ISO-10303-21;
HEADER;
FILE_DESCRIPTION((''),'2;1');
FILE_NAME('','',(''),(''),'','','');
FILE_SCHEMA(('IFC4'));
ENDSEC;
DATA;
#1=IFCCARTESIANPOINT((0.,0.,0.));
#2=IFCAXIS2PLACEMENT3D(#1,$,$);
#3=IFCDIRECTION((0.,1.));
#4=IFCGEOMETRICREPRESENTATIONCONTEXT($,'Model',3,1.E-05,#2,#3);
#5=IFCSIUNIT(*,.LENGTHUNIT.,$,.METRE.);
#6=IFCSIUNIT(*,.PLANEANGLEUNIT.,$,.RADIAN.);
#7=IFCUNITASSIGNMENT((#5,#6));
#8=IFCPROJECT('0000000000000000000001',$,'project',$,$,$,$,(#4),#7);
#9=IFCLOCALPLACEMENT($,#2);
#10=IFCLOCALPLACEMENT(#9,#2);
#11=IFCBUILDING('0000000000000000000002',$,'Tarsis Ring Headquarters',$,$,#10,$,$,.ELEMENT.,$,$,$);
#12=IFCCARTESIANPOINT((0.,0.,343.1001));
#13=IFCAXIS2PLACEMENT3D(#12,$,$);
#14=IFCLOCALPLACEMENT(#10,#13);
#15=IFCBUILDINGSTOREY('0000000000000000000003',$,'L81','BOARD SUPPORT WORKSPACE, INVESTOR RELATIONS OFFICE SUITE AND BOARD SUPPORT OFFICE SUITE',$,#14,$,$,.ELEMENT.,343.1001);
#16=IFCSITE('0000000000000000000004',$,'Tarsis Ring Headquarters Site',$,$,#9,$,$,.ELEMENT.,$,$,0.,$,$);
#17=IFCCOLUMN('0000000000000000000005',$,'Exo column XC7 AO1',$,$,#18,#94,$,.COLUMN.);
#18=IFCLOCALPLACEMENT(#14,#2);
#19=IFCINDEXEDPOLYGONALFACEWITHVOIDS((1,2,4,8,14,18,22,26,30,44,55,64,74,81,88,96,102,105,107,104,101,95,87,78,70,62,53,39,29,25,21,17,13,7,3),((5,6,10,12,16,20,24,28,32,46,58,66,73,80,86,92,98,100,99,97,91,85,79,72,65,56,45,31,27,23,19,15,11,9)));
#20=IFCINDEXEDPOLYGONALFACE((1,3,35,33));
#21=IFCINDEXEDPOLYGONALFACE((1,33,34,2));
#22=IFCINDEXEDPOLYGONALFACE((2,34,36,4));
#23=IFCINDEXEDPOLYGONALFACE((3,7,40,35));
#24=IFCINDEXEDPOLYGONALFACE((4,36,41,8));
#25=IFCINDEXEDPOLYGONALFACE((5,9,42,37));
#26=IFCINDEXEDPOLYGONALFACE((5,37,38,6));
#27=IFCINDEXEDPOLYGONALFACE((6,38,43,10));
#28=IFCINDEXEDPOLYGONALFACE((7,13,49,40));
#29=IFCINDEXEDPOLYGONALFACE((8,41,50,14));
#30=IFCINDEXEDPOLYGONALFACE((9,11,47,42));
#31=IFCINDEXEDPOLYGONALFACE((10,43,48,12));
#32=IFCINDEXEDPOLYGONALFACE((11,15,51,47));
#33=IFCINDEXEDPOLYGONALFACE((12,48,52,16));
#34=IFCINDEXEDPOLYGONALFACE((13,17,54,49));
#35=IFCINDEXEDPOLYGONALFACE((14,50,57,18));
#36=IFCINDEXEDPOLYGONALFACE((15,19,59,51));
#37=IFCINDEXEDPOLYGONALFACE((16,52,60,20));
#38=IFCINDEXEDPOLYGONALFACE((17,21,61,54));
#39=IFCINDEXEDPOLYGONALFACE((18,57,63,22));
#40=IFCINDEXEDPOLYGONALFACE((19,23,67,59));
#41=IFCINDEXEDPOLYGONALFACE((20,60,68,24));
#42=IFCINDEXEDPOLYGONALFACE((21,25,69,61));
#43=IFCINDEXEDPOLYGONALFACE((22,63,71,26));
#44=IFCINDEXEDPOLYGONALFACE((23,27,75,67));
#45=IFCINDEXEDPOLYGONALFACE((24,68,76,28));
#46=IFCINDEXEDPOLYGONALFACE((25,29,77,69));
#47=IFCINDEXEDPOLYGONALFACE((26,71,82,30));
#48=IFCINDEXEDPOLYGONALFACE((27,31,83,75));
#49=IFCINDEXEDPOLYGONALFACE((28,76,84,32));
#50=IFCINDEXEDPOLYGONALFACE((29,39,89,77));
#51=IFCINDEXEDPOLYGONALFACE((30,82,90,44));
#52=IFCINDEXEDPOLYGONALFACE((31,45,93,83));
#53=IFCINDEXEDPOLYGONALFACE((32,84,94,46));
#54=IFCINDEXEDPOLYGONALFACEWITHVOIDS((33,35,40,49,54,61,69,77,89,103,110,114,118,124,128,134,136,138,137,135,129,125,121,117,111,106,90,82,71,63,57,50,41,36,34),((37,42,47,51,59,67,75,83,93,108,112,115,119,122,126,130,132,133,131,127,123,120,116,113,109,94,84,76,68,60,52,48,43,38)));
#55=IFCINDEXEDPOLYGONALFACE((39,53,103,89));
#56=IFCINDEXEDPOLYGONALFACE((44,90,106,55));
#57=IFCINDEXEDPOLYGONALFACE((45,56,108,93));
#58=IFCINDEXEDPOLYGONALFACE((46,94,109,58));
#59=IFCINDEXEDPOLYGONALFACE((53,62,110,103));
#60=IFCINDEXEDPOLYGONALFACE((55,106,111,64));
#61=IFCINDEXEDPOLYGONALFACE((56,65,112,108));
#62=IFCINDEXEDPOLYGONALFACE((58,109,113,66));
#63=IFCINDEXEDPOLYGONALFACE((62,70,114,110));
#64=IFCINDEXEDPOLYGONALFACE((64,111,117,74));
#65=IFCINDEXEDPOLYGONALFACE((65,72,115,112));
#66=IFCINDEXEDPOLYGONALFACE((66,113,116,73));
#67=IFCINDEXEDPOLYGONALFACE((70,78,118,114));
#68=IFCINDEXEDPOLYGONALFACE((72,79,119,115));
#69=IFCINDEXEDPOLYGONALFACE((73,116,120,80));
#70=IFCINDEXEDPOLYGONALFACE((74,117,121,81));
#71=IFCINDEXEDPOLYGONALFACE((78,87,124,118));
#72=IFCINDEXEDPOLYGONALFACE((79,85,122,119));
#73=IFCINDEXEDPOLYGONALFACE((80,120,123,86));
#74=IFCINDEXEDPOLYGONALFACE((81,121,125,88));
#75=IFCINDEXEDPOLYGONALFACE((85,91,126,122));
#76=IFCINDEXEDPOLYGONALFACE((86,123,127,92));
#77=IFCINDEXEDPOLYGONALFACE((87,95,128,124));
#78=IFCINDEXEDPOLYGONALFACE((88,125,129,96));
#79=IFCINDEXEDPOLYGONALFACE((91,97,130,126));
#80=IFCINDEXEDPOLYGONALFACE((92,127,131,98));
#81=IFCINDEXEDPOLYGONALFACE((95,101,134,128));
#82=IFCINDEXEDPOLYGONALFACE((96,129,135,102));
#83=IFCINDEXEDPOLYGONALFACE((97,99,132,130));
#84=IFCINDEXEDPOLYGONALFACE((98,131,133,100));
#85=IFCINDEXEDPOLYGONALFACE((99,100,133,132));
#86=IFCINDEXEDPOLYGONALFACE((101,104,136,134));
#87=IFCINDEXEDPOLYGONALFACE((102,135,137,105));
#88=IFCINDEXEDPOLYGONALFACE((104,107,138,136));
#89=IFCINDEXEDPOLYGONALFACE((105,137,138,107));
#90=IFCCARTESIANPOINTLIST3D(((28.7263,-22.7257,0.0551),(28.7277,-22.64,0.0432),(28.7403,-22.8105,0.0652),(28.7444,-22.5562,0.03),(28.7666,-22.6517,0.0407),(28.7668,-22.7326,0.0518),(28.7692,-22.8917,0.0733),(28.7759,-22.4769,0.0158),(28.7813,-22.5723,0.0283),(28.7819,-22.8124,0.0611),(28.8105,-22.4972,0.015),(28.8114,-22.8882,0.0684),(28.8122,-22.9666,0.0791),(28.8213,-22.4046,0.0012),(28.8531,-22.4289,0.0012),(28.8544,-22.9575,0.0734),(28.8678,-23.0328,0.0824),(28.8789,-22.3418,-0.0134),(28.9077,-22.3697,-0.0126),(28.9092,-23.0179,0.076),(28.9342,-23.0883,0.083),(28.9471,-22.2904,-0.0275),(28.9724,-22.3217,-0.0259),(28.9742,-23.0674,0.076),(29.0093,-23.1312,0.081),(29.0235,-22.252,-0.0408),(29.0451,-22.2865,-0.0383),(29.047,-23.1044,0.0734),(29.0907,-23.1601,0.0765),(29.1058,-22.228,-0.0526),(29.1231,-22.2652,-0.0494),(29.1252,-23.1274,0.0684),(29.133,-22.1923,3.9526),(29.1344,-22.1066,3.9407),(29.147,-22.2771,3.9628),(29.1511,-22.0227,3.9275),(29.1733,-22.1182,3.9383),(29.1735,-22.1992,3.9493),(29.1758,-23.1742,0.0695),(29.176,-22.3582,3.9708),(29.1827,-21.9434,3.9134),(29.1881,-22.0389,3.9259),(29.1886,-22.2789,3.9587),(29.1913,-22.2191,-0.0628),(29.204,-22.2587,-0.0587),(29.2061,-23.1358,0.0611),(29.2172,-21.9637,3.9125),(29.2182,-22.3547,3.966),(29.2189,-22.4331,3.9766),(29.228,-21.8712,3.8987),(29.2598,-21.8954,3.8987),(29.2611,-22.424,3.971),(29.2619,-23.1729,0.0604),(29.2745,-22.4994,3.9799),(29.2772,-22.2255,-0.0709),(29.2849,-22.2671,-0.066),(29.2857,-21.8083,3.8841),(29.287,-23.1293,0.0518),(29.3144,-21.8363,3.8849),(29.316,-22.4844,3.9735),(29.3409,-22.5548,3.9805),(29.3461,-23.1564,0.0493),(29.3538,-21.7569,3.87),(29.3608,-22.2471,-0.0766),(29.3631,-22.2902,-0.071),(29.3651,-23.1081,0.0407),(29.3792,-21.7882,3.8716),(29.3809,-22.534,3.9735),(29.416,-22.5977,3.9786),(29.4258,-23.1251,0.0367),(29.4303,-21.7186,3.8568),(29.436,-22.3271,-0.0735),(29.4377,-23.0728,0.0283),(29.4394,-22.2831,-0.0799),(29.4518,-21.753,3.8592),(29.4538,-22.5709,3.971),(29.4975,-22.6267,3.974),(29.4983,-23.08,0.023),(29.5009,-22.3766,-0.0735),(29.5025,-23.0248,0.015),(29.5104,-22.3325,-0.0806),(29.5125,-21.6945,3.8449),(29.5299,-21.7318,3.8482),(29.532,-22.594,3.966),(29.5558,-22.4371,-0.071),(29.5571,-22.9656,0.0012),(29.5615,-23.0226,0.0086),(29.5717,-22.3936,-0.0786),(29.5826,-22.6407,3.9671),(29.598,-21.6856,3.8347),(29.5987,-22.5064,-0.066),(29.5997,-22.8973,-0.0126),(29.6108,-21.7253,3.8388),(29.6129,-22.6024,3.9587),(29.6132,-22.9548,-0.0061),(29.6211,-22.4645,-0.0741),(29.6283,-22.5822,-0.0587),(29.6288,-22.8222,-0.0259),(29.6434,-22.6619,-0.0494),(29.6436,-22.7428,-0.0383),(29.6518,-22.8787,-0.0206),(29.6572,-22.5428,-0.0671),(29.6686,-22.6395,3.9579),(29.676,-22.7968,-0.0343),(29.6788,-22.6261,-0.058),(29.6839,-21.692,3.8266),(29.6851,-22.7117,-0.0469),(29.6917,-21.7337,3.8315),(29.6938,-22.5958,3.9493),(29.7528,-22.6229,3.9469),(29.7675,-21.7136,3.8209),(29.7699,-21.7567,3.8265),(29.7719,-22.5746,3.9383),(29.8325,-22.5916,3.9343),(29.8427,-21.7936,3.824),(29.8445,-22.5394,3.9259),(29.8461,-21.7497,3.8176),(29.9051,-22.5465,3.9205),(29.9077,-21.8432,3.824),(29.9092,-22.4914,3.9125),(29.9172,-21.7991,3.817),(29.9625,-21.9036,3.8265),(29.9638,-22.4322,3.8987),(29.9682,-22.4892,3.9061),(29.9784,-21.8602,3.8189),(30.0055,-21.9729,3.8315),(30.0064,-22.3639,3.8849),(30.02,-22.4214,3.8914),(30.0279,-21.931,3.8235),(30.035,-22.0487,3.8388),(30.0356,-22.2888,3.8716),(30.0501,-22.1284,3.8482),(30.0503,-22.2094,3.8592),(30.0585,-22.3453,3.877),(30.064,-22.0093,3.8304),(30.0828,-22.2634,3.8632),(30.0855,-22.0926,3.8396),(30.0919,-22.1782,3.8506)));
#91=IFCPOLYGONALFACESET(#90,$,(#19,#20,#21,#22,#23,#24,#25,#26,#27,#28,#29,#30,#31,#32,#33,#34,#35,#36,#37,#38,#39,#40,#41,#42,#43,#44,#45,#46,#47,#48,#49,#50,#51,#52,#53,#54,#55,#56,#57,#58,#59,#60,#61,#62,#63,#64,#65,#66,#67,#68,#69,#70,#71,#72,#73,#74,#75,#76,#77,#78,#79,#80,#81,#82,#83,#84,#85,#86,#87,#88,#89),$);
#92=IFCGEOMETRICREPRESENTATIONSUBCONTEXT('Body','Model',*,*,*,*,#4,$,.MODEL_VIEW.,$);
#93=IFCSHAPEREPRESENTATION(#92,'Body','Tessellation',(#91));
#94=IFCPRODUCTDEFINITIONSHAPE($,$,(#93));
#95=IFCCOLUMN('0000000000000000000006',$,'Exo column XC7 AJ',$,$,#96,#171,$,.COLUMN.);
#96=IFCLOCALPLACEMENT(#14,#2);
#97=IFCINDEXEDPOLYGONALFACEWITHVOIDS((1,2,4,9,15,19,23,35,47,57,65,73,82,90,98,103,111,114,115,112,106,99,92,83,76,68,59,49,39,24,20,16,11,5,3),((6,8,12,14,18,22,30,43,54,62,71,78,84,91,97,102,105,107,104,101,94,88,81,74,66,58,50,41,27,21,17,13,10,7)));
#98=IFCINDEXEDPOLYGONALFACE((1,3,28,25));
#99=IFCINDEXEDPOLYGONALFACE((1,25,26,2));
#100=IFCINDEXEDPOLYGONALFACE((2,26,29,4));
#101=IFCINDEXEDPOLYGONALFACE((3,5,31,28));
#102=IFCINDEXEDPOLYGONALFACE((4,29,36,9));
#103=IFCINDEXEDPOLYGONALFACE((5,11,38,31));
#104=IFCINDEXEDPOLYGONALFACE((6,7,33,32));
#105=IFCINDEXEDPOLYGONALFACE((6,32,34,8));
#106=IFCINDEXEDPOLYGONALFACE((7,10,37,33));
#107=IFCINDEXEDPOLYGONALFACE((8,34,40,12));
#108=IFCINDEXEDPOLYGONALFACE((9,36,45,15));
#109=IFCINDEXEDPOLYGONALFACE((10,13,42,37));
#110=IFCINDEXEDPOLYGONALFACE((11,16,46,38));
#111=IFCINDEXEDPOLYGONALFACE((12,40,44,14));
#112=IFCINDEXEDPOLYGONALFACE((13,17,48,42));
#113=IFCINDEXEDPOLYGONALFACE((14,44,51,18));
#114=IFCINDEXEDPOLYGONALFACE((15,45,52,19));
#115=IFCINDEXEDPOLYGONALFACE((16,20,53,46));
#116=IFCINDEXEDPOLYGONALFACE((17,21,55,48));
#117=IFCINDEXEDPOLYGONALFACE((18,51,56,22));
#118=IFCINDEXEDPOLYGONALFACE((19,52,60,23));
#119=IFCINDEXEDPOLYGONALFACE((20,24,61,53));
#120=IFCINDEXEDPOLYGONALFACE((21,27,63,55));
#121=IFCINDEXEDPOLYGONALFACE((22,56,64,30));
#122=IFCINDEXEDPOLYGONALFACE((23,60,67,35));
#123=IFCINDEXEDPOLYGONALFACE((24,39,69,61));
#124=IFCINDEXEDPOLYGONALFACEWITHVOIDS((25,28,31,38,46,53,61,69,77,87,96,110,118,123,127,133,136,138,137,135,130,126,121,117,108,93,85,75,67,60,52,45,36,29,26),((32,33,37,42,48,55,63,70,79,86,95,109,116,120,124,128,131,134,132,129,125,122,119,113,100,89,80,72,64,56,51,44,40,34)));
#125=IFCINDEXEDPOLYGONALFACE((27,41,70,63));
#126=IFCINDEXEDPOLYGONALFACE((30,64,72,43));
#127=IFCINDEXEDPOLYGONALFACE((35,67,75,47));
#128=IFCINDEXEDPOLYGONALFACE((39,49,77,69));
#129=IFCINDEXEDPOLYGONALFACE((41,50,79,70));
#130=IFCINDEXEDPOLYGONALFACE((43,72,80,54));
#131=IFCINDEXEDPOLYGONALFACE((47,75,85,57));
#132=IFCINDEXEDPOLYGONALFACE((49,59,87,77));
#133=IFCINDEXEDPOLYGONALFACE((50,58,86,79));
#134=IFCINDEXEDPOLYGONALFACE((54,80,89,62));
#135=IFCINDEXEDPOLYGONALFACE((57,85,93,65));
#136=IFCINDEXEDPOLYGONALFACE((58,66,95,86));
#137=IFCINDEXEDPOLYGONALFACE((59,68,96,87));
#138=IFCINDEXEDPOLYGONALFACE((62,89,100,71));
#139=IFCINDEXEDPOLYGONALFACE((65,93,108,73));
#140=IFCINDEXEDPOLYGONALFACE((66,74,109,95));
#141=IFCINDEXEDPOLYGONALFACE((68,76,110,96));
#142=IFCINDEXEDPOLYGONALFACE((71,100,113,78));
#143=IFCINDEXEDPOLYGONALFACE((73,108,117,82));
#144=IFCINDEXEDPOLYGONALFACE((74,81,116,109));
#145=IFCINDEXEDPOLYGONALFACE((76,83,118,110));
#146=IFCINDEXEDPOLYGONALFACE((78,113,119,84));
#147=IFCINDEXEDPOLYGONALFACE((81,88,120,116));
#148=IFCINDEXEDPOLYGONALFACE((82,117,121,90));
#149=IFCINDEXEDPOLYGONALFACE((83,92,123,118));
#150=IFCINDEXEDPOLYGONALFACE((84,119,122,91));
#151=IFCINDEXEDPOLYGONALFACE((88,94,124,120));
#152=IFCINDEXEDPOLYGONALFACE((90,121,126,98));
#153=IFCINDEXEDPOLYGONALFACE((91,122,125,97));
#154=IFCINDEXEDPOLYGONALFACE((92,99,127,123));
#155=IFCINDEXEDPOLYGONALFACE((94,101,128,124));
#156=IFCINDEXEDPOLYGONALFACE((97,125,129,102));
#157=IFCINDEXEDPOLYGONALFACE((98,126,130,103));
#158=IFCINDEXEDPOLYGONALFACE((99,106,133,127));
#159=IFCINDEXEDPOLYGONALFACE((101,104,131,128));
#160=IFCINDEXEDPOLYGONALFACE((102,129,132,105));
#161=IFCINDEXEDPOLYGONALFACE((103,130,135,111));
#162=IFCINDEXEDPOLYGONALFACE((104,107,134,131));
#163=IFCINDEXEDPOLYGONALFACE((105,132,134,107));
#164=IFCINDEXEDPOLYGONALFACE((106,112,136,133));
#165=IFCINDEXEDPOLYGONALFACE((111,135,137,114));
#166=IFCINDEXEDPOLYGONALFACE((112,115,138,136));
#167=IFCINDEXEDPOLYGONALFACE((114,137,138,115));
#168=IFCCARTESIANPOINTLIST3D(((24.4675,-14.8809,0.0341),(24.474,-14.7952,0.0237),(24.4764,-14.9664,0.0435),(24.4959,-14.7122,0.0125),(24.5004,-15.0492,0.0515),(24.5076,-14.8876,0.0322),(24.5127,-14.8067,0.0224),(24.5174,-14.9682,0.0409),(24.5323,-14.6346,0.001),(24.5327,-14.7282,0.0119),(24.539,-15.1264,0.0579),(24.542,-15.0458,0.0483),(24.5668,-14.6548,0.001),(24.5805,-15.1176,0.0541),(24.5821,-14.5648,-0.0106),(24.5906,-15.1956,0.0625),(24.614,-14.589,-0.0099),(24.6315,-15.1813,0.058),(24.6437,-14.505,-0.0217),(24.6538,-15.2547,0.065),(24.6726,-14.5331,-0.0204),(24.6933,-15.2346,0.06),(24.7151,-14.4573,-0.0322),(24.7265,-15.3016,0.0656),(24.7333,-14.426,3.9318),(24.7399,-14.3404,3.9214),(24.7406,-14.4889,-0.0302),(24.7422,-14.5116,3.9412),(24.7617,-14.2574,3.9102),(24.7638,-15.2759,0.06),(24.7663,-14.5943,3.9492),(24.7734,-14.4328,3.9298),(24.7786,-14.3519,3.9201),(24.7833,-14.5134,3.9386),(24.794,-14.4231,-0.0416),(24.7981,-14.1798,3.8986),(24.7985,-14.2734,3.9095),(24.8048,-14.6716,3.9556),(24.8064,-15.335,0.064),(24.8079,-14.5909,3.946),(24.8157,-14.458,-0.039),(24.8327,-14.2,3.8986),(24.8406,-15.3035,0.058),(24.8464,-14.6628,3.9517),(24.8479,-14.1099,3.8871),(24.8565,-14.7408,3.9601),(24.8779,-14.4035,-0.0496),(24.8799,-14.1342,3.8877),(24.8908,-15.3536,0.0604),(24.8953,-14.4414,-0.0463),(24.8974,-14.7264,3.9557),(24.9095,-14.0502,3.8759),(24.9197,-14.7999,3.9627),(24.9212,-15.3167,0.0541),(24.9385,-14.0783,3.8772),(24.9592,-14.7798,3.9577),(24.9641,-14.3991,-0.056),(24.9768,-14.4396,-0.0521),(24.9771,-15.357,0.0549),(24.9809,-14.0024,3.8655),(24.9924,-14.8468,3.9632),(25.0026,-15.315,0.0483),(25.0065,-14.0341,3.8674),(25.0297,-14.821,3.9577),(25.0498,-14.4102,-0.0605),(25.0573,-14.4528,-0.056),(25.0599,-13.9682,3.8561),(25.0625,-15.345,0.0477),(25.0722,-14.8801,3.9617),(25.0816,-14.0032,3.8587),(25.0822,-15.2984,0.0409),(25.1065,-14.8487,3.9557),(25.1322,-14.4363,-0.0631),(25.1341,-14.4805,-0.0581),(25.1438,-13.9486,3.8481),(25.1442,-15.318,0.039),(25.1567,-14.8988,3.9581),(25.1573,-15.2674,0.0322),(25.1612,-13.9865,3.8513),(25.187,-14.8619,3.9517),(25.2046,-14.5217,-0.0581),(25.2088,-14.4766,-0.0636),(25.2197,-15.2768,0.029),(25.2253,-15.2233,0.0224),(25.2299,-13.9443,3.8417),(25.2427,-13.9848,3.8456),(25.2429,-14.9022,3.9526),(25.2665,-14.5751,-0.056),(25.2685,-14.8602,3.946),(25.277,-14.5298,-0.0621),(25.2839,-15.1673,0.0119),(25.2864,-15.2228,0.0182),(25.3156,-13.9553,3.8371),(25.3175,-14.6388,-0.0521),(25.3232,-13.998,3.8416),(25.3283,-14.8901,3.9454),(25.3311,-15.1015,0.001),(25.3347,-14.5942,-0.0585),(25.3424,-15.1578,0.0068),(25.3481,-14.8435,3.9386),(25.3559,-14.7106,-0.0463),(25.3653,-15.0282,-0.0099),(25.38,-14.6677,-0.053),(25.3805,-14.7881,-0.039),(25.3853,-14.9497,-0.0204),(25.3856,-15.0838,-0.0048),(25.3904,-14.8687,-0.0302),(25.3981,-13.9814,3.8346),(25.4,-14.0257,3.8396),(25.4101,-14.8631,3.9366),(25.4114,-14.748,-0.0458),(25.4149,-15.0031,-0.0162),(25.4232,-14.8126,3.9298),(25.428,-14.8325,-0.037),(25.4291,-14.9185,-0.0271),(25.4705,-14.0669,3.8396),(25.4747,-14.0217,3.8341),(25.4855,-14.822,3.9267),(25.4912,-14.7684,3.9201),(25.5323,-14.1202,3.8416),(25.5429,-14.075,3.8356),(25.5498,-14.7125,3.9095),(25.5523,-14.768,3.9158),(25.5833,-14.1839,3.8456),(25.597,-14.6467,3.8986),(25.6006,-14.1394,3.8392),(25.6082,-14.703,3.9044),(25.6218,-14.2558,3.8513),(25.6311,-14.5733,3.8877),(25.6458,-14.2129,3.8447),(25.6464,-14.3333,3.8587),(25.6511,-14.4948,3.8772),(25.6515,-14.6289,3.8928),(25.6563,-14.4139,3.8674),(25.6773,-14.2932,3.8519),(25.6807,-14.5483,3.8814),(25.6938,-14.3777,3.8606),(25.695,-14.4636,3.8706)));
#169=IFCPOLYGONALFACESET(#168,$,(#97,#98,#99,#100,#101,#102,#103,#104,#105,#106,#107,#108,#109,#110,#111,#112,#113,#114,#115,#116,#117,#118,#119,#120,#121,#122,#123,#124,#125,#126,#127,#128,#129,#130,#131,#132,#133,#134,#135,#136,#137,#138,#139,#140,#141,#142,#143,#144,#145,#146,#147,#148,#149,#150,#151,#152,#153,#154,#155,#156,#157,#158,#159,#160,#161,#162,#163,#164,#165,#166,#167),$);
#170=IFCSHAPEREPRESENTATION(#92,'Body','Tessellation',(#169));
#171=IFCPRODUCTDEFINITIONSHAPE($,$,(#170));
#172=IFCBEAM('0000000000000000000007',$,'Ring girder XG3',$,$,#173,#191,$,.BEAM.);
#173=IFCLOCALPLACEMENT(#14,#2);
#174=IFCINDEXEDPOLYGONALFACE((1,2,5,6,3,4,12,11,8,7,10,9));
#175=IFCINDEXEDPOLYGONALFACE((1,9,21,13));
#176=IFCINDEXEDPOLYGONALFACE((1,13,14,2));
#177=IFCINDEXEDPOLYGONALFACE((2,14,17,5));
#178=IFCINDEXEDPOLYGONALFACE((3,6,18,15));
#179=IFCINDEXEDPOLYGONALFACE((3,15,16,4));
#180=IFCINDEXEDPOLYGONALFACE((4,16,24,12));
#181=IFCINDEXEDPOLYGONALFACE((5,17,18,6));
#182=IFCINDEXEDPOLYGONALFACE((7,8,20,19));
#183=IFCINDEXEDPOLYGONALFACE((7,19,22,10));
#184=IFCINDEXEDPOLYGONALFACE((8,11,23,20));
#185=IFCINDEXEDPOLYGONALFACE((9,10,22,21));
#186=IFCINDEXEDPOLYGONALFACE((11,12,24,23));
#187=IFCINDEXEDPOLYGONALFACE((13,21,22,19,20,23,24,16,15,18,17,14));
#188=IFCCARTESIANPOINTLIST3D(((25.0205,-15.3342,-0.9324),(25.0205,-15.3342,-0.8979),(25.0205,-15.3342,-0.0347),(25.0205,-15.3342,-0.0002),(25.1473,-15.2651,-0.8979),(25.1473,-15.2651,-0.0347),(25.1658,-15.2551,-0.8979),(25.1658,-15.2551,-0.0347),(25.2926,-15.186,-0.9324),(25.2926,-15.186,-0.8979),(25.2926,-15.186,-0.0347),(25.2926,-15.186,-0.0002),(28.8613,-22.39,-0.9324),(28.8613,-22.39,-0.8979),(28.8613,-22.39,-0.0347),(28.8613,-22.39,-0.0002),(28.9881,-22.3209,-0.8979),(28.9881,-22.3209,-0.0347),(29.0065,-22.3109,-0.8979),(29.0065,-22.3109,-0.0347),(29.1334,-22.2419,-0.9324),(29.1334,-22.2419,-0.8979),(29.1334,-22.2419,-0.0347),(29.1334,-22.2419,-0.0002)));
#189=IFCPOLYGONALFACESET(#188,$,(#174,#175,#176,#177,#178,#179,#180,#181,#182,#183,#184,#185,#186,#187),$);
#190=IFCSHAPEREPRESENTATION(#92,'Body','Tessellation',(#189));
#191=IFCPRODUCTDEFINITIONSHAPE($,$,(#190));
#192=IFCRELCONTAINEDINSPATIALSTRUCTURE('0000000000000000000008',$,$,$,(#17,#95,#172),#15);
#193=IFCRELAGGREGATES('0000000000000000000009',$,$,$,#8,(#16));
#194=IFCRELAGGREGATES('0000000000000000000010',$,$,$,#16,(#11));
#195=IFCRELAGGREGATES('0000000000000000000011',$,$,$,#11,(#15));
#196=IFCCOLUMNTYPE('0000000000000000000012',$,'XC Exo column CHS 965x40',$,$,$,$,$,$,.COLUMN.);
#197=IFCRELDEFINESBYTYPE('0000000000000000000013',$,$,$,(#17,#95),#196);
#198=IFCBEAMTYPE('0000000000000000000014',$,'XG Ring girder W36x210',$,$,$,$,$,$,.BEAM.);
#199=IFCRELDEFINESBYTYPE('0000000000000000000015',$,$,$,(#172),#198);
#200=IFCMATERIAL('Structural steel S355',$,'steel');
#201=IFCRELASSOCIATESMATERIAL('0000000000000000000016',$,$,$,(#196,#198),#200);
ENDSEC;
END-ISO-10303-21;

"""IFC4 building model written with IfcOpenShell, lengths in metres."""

from ifc_helpers import new_model, si_unit, direction, frame, origin, origin_2d, place, context, subcontext, project, spatial, hollow_circle, i_section, extrude, material, material_profile, profile_set, type_object, element, save


model = new_model("IFC4")

# Units and contexts
model_context = context("Model", 3, precision=1e-05, world=origin(), true_north=direction((0.0, 1.0)))
body_context = subcontext(model_context, "Body", "Model", "MODEL_VIEW")
ifc_project = project(units=[si_unit("LENGTHUNIT", "METRE"), si_unit("PLANEANGLEUNIT", "RADIAN")], contexts=[model_context])

# Site, building, storey
site_placement = place(None, origin())
site = spatial("IfcSite", under=ifc_project, at=site_placement, Name="Tarsis Ring Headquarters Site", CompositionType="ELEMENT", RefElevation=0.0)
building_placement = place(site_placement, origin())
building = spatial("IfcBuilding", under=site, at=building_placement, Name="Tarsis Ring Headquarters", CompositionType="ELEMENT")
storey_placement = place(building_placement, frame((0.0, 0.0, 343.1001)))
storey = spatial("IfcBuildingStorey", under=building, at=storey_placement, Name="L81", Description="BOARD SUPPORT WORKSPACE, INVESTOR RELATIONS OFFICE SUITE AND BOARD SUPPORT OFFICE SUITE", CompositionType="ELEMENT", Elevation=343.1001)

# Columns
ifc_material_1 = material(Name="Structural steel S355", Category="steel")
ifc_material_profile_1 = material_profile(ifc_material_1, hollow_circle(Radius=0.4827, WallThickness=0.04, at=origin_2d()), Name="CHS 965x40")
ifc_profile_set_1 = profile_set([ifc_material_profile_1], Name="Structural steel S355")
column_type = type_object("IfcColumnType", Name="XC Exo column CHS 965x40", PredefinedType="COLUMN", material=ifc_profile_set_1)
column_1_placement = place(storey_placement, frame((29.2051, -22.6973, 0.0012), z_axis=(0.102848, 0.134887, 0.985509), x_axis=(-0.795214, 0.606328, 0.0)))
element("IfcColumn", 1, at=column_1_placement, inside=storey, type_object=column_type, Name="Exo column XC7 AO1", PredefinedType="COLUMN", context=body_context, shape_type="SweptSolid", body=[
    extrude(hollow_circle(Radius=0.4827, WallThickness=0.04, at=origin_2d()), origin(), (0.0, 0.0, 1.0), 3.9548),
])
column_2_placement = place(storey_placement, frame((24.949, -14.8782, 0.001), z_axis=(0.067597, 0.115641, 0.990988), x_axis=(-0.863325, 0.504649, 0.0)))
element("IfcColumn", 2, at=column_2_placement, inside=storey, type_object=column_type, Name="Exo column XC7 AJ", PredefinedType="COLUMN", context=body_context, shape_type="SweptSolid", body=[
    extrude(hollow_circle(Radius=0.4827, WallThickness=0.04, at=origin_2d()), origin(), (0.0, 0.0, 1.0), 3.9331),
])

# Beam
ifc_material_profile_2 = material_profile(ifc_material_1, i_section(OverallWidth=0.3098, OverallDepth=0.9321, WebThickness=0.021, FlangeThickness=0.0344, at=origin_2d()), Name="W36x210")
ifc_profile_set_2 = profile_set([ifc_material_profile_2], Name="Structural steel S355")
beam_type = type_object("IfcBeamType", Name="XG Ring girder W36x210", PredefinedType="BEAM", material=ifc_profile_set_2)
beam_1_placement = place(storey_placement, frame((28.9973, -22.3159, -0.4663), z_axis=(-0.478098, 0.878306, 0.0), x_axis=(-0.878306, -0.478098, 0.0)))
element("IfcBeam", 3, at=beam_1_placement, inside=storey, type_object=beam_type, Name="Ring girder XG3", PredefinedType="BEAM", context=body_context, shape_type="SweptSolid", body=[
    extrude(i_section(OverallWidth=0.3098, OverallDepth=0.9321, WebThickness=0.021, FlangeThickness=0.0344, at=origin_2d()), origin(), (0.0, 0.0, 1.0), 8.0334),
])

save(model, "model.ifc")
